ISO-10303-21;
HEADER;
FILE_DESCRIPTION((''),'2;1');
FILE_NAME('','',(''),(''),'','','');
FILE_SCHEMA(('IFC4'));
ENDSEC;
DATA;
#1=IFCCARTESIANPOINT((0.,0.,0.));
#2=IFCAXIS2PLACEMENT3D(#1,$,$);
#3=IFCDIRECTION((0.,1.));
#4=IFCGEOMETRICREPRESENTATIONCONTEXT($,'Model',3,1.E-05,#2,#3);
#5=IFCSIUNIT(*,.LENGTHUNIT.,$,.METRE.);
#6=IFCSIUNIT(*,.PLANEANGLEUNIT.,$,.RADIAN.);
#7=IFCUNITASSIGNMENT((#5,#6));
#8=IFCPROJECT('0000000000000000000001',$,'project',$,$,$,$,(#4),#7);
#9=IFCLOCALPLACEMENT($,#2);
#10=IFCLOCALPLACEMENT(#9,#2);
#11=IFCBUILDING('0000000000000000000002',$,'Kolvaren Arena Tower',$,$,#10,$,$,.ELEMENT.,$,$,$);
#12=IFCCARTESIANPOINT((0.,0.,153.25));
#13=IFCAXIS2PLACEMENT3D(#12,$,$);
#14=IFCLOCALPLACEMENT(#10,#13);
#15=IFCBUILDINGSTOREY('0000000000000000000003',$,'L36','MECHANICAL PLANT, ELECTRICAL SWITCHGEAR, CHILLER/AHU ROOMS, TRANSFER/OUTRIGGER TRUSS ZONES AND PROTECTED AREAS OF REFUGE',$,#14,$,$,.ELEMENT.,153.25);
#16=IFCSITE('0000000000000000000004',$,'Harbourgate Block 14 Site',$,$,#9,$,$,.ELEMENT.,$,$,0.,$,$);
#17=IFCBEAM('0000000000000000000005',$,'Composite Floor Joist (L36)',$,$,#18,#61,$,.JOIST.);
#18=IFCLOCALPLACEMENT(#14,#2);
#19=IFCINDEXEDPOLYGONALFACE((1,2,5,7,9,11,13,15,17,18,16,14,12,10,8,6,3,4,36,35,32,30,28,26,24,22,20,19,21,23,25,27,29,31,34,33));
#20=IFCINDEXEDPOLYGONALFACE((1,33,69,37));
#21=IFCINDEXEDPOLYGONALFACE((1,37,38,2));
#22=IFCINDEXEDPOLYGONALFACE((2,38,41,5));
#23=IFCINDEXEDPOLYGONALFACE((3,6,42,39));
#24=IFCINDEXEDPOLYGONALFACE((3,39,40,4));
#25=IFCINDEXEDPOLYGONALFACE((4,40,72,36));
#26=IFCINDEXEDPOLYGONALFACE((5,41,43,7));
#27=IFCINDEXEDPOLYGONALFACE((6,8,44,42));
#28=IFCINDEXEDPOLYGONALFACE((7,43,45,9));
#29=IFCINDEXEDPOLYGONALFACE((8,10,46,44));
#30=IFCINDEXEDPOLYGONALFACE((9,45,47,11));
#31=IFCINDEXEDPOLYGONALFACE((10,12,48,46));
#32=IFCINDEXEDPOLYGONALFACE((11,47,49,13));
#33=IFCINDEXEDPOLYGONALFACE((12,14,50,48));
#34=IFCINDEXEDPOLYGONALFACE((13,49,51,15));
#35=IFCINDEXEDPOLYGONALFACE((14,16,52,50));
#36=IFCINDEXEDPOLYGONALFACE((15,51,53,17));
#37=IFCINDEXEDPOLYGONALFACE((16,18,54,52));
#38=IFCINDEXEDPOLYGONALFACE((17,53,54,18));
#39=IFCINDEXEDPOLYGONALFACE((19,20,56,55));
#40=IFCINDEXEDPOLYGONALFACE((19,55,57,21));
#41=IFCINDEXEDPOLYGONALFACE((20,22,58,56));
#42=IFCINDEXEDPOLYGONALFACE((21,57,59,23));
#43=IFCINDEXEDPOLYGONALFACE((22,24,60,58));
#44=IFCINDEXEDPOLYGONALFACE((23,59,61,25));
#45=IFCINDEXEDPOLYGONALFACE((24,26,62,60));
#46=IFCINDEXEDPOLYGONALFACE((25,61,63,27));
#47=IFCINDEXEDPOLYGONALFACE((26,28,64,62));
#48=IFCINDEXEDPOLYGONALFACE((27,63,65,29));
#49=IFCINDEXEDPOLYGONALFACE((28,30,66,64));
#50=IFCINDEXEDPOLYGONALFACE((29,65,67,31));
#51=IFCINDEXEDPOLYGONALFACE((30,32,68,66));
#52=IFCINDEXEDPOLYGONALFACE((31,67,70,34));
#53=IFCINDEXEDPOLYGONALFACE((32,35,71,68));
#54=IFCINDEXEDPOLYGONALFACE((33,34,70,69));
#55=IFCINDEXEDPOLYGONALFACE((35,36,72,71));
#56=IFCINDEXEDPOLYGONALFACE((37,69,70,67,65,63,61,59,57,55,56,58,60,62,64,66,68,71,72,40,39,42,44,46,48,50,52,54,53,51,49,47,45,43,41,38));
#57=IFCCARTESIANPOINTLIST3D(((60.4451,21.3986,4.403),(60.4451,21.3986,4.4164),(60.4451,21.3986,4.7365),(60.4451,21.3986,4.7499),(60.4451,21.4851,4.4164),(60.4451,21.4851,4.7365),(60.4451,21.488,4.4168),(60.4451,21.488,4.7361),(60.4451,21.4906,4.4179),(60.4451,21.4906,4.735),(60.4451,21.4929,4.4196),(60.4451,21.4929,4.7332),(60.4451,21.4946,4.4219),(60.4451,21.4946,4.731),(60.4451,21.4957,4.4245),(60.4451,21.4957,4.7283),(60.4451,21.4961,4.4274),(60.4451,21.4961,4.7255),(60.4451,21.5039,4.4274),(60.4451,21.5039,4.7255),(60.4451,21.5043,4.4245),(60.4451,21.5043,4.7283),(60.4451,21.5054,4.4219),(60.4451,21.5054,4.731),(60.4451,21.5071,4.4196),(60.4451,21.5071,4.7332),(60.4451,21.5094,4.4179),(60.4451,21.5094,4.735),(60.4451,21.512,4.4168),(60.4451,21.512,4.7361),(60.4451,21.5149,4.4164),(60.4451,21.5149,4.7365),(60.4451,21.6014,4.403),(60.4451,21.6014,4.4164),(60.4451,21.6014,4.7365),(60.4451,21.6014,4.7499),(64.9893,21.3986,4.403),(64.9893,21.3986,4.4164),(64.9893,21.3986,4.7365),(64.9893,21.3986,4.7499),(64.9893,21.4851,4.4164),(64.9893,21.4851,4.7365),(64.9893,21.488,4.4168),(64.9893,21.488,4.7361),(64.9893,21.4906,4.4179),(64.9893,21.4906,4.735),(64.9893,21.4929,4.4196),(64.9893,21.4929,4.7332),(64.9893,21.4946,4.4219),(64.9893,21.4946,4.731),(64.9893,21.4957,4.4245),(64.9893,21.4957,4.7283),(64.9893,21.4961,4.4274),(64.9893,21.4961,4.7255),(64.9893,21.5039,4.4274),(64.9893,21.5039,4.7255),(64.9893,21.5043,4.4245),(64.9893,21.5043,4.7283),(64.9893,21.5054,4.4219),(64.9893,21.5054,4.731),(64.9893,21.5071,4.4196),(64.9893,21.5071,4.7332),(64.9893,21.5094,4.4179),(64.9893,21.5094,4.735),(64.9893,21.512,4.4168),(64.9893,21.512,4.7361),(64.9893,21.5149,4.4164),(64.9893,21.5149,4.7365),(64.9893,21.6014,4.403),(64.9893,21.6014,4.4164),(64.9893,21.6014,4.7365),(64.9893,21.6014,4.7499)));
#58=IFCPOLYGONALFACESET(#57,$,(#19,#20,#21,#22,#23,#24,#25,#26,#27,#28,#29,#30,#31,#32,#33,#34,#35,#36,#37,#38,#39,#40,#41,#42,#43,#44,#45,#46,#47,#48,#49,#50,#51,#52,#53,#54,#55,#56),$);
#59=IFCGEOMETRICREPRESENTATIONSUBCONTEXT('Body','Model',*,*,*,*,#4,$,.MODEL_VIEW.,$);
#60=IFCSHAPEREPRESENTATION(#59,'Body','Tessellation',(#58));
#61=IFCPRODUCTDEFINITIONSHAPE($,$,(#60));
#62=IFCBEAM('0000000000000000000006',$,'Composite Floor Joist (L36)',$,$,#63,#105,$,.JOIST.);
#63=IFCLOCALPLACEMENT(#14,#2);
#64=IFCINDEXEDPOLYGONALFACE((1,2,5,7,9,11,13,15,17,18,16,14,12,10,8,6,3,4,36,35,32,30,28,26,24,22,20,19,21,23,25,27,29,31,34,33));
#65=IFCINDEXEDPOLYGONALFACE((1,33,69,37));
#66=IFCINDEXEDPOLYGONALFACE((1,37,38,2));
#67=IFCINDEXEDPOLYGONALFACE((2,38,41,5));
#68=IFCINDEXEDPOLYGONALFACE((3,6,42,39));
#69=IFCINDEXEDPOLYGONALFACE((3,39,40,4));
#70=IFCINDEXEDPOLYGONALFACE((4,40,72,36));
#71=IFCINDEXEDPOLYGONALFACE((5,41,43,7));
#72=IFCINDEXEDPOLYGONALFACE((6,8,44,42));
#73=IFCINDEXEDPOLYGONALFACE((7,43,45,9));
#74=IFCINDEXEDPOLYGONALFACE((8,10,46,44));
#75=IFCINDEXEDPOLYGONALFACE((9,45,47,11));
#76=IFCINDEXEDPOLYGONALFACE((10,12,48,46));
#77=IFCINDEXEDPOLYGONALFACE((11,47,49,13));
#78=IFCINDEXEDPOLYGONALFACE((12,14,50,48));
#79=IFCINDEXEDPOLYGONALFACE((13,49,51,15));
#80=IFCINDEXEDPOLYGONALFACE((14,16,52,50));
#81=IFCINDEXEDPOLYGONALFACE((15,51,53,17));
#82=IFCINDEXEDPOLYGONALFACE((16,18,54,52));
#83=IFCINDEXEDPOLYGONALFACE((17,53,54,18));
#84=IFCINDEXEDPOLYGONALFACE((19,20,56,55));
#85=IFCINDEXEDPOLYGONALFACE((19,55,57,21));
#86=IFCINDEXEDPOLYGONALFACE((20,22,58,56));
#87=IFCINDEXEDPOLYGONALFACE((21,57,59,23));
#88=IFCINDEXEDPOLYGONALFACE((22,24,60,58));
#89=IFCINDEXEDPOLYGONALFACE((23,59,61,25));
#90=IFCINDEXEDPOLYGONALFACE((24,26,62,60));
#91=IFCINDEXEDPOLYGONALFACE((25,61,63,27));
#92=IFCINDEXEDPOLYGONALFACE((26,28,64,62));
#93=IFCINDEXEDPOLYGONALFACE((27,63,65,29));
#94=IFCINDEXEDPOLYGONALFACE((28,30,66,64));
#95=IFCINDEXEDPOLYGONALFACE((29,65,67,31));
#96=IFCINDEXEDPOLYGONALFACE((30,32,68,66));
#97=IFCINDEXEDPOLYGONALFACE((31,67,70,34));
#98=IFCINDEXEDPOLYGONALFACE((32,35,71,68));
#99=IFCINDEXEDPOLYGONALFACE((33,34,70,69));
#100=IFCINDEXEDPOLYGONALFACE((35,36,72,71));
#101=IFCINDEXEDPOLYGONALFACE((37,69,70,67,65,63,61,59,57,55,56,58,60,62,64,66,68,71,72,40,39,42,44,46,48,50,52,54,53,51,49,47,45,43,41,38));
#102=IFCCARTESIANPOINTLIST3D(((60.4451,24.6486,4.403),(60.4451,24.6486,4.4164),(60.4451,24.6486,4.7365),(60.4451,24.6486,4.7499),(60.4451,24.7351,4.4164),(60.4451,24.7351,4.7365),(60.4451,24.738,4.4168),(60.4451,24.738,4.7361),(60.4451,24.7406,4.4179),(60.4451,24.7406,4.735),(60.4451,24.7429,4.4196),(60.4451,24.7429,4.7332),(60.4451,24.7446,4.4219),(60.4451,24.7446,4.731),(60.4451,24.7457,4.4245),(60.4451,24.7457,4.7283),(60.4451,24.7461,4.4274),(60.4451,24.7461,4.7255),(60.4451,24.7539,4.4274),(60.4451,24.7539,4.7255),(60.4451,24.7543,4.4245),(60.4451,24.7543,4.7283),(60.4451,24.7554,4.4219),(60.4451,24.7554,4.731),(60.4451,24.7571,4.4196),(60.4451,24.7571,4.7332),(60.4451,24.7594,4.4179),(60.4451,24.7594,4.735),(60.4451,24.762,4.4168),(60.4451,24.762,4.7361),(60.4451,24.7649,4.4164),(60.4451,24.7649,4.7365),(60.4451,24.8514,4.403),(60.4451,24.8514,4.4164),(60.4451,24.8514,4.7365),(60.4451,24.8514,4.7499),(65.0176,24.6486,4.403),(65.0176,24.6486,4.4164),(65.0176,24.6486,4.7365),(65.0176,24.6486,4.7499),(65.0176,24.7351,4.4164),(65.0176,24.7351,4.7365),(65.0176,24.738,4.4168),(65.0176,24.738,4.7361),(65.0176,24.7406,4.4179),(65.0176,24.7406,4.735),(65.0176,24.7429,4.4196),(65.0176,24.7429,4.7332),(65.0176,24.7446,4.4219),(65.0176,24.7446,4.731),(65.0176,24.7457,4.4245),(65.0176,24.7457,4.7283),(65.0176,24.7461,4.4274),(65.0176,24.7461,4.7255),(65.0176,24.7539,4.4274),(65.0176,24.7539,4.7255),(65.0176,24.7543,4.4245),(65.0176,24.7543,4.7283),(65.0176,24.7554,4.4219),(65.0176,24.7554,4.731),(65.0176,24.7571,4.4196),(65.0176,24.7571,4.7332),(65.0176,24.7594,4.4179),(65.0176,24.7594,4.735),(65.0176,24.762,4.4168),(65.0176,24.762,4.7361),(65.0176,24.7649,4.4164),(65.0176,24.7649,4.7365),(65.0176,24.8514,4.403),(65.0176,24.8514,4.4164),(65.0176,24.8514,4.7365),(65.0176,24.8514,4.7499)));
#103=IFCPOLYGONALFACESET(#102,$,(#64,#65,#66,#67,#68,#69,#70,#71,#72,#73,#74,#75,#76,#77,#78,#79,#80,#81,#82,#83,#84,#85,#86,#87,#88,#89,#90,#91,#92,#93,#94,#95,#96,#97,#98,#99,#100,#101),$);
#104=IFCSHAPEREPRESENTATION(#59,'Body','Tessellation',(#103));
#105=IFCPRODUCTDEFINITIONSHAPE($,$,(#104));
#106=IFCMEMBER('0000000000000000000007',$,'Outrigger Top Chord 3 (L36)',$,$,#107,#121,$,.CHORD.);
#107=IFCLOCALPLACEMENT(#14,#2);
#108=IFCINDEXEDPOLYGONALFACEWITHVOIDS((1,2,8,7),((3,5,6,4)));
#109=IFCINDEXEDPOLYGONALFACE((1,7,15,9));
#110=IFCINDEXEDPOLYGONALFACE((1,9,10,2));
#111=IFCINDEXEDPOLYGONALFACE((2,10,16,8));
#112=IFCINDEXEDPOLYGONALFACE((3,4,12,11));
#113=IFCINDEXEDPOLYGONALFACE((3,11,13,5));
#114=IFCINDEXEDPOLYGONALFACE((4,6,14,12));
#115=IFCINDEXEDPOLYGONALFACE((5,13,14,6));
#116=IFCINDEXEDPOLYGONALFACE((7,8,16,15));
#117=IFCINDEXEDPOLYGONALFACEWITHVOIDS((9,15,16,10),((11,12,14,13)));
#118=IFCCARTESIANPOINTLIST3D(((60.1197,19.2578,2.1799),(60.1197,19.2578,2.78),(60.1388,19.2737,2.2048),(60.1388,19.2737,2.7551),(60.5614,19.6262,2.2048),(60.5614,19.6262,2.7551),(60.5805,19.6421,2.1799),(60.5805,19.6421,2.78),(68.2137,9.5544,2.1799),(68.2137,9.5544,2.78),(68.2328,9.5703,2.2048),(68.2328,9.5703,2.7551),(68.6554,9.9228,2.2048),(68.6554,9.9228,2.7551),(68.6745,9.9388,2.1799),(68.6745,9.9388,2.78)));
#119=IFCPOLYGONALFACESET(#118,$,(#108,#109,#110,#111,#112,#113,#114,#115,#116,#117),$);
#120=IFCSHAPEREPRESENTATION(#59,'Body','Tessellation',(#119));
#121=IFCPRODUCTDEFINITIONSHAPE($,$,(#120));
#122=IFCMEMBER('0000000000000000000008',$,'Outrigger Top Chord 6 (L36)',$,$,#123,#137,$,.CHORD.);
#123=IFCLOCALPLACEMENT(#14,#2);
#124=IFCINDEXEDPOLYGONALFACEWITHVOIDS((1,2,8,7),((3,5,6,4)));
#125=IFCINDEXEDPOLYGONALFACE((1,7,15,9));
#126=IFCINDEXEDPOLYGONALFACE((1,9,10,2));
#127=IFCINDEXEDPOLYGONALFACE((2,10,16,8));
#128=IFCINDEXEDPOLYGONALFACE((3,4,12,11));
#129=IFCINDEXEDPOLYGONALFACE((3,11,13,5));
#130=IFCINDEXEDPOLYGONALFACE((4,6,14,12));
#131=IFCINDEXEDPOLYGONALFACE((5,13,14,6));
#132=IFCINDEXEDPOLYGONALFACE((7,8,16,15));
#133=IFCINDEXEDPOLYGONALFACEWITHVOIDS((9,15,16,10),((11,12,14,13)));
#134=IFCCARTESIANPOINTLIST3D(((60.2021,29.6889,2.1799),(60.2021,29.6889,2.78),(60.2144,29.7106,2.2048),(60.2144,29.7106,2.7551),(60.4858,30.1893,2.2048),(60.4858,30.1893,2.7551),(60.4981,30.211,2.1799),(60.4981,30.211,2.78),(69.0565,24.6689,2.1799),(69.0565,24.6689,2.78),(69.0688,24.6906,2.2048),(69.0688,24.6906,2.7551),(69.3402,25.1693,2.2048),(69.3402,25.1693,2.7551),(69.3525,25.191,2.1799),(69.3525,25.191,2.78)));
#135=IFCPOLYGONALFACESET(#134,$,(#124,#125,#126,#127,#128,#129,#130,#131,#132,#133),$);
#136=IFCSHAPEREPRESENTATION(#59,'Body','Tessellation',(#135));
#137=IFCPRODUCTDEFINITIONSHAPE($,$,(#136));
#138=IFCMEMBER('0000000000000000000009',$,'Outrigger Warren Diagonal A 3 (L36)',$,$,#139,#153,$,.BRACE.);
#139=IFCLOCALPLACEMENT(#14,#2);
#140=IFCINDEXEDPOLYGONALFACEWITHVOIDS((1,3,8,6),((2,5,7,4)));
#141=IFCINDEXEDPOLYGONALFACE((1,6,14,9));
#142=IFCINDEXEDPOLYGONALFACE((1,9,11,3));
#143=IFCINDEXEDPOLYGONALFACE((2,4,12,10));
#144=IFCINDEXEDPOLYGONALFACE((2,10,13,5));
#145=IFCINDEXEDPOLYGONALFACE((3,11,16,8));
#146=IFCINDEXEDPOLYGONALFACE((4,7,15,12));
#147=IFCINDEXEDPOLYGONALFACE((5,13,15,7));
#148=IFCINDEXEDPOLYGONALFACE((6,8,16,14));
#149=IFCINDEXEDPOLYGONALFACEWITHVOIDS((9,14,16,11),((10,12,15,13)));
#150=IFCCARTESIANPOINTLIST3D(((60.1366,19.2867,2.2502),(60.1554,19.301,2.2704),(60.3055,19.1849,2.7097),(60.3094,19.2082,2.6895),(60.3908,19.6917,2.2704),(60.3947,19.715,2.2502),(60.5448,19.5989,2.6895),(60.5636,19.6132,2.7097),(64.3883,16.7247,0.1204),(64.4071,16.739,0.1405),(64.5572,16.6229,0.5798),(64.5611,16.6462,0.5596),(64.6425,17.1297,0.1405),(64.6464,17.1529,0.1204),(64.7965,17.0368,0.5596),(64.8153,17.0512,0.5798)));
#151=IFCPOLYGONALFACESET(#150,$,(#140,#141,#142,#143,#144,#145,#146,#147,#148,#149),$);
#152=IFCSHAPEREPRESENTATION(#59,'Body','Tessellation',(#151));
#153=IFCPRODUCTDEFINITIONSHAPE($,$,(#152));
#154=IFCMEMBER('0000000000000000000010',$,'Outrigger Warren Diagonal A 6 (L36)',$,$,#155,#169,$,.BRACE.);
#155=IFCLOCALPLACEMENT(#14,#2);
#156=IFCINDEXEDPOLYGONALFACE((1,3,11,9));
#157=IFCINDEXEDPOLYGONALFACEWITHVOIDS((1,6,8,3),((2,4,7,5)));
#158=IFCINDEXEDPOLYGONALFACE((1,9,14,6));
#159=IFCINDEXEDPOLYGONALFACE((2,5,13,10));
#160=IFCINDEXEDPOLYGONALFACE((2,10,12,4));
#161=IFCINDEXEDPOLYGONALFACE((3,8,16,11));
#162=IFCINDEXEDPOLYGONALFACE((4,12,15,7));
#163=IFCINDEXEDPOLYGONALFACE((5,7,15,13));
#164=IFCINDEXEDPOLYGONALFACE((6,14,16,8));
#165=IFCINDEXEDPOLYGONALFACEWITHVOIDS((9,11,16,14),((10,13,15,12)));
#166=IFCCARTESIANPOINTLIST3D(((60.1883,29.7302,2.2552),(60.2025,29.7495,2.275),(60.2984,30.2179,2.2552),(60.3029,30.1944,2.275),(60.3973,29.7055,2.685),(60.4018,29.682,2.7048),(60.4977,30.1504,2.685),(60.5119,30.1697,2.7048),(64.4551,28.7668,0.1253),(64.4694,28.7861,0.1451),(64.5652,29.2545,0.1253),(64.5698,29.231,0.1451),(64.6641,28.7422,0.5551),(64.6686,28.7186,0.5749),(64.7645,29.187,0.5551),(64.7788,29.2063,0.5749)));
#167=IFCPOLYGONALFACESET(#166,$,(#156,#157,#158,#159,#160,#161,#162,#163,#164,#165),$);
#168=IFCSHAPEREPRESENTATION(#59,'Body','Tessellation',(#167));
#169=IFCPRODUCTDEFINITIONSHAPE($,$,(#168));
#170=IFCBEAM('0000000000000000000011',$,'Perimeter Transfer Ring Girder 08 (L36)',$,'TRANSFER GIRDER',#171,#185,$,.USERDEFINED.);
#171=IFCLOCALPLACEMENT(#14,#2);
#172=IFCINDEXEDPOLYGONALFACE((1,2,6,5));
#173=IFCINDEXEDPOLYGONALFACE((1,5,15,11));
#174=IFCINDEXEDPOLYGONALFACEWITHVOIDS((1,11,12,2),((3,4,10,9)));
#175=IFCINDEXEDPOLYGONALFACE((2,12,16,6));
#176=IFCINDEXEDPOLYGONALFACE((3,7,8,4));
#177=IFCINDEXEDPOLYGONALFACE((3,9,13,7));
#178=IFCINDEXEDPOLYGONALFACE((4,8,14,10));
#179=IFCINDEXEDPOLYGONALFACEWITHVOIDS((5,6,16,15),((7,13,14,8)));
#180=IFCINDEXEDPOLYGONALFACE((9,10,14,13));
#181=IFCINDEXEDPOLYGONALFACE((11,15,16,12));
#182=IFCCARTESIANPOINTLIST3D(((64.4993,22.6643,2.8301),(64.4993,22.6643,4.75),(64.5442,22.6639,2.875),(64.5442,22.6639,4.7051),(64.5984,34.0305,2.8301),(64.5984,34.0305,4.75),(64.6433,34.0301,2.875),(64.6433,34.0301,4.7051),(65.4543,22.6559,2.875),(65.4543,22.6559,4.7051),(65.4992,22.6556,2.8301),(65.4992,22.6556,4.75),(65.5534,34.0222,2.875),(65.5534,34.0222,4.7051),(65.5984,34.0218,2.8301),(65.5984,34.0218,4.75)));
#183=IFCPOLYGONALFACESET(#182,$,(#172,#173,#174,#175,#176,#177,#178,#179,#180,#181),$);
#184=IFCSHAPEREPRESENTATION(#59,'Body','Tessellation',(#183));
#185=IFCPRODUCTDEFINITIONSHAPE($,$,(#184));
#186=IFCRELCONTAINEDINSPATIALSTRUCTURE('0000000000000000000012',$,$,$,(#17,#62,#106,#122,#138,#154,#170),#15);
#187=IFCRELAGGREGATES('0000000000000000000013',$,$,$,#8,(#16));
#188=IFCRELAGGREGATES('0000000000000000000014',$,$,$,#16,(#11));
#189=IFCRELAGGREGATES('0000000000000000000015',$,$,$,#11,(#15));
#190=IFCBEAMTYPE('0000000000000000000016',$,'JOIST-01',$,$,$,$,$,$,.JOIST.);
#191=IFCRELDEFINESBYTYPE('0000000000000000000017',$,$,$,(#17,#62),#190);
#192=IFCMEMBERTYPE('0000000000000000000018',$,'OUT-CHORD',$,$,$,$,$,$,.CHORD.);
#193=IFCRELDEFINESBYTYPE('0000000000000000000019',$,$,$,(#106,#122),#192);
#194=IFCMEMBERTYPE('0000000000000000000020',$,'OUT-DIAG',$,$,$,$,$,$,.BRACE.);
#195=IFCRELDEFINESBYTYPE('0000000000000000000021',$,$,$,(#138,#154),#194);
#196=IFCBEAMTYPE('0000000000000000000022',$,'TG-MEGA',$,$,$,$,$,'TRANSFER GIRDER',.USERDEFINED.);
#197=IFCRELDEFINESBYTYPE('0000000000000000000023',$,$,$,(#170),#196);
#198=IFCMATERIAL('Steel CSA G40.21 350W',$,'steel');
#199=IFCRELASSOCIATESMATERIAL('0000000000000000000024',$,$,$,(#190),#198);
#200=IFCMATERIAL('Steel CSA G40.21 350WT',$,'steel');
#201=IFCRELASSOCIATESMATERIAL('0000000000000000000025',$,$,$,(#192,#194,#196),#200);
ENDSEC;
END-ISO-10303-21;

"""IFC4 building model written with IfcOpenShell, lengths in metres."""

from ifc_helpers import new_model, si_unit, direction, frame, origin, origin_2d, place, context, subcontext, project, spatial, hollow_rectangle, i_section, extrude, material, material_profile, profile_set, type_object, element, save


model = new_model("IFC4")

# Units and contexts
model_context = context("Model", 3, precision=1e-05, world=origin(), true_north=direction((0.0, 1.0)))
body_context = subcontext(model_context, "Body", "Model", "MODEL_VIEW")
ifc_project = project(units=[si_unit("LENGTHUNIT", "METRE"), si_unit("PLANEANGLEUNIT", "RADIAN")], contexts=[model_context])

# Site, building, storey
site_placement = place(None, origin())
site = spatial("IfcSite", under=ifc_project, at=site_placement, Name="Harbourgate Block 14 Site", CompositionType="ELEMENT", RefElevation=0.0)
building_placement = place(site_placement, origin())
building = spatial("IfcBuilding", under=site, at=building_placement, Name="Kolvaren Arena Tower", CompositionType="ELEMENT")
storey_placement = place(building_placement, frame((0.0, 0.0, 153.25)))
storey = spatial("IfcBuildingStorey", under=building, at=storey_placement, Name="L36", Description="MECHANICAL PLANT, ELECTRICAL SWITCHGEAR, CHILLER/AHU ROOMS, TRANSFER/OUTRIGGER TRUSS ZONES AND PROTECTED AREAS OF REFUGE", CompositionType="ELEMENT", Elevation=153.25)

# Shared definitions
ifc_material_1 = material(Name="Steel CSA G40.21 350W", Category="steel")

# Shared definitions
ifc_material_2 = material(Name="Steel CSA G40.21 350WT", Category="steel")

# Beams
ifc_material_profile_1 = material_profile(ifc_material_1, i_section(OverallWidth=0.2029, OverallDepth=0.3469, WebThickness=0.0078, FlangeThickness=0.0134, FilletRadius=0.011, at=origin_2d()), Name="W360x64")
ifc_profile_set_1 = profile_set([ifc_material_profile_1], Name="Steel CSA G40.21 350W")
beam_type_1 = type_object("IfcBeamType", Name="JOIST-01", PredefinedType="JOIST", material=ifc_profile_set_1)
beam_1_placement = place(storey_placement, frame((60.4451, 21.5, 4.5764), z_axis=(1.0, 0.0, 0.0), x_axis=(0.0, 1.0, 0.0)))
element("IfcBeam", 1, at=beam_1_placement, inside=storey, type_object=beam_type_1, Name="Composite Floor Joist (L36)", PredefinedType="JOIST", context=body_context, shape_type="SweptSolid", body=[
    extrude(i_section(OverallWidth=0.2029, OverallDepth=0.3469, WebThickness=0.0078, FlangeThickness=0.0134, FilletRadius=0.011, at=origin_2d()), origin(), (0.0, 0.0, 1.0), 4.5442),
])
beam_2_placement = place(storey_placement, frame((60.4451, 24.75, 4.5764), z_axis=(1.0, 0.0, 0.0), x_axis=(0.0, 1.0, 0.0)))
element("IfcBeam", 2, at=beam_2_placement, inside=storey, type_object=beam_type_1, Name="Composite Floor Joist (L36)", PredefinedType="JOIST", context=body_context, shape_type="SweptSolid", body=[
    extrude(i_section(OverallWidth=0.2029, OverallDepth=0.3469, WebThickness=0.0078, FlangeThickness=0.0134, FilletRadius=0.011, at=origin_2d()), origin(), (0.0, 0.0, 1.0), 4.5725),
])

# Members
ifc_material_profile_2 = material_profile(ifc_material_2, hollow_rectangle(XDim=0.6001, YDim=0.6001, WallThickness=0.0249, at=origin_2d()), Name="HSS 600x600x25")
ifc_profile_set_2 = profile_set([ifc_material_profile_2], Name="Steel CSA G40.21 350WT")
member_type_1 = type_object("IfcMemberType", Name="OUT-CHORD", PredefinedType="CHORD", material=ifc_profile_set_2)
member_1_placement = place(storey_placement, frame((60.3501, 19.45, 2.48), z_axis=(0.640551, -0.767916, 0.0), x_axis=(0.767916, 0.640551, 0.0)))
element("IfcMember", 3, at=member_1_placement, inside=storey, type_object=member_type_1, Name="Outrigger Top Chord 3 (L36)", PredefinedType="CHORD", context=body_context, shape_type="SweptSolid", body=[
    extrude(hollow_rectangle(XDim=0.6001, YDim=0.6001, WallThickness=0.0249, at=origin_2d()), origin(), (0.0, 0.0, 1.0), 12.636),
])
member_2_placement = place(storey_placement, frame((60.3501, 29.95, 2.48), z_axis=(0.869918, -0.493197, 0.0), x_axis=(0.493197, 0.869918, 0.0)))
element("IfcMember", 4, at=member_2_placement, inside=storey, type_object=member_type_1, Name="Outrigger Top Chord 6 (L36)", PredefinedType="CHORD", context=body_context, shape_type="SweptSolid", body=[
    extrude(hollow_rectangle(XDim=0.6001, YDim=0.6001, WallThickness=0.0249, at=origin_2d()), origin(), (0.0, 0.0, 1.0), 10.1785),
])
ifc_material_profile_3 = material_profile(ifc_material_2, hollow_rectangle(XDim=0.5, YDim=0.5, WallThickness=0.022, at=origin_2d()), Name="HSS 500x500x22")
ifc_profile_set_3 = profile_set([ifc_material_profile_3], Name="Steel CSA G40.21 350WT")
member_type_2 = type_object("IfcMemberType", Name="OUT-DIAG", PredefinedType="BRACE", material=ifc_profile_set_3)
member_3_placement = place(storey_placement, frame((60.3501, 19.45, 2.48), z_axis=(0.78712, -0.474306, -0.394306), x_axis=(0.516122, 0.856515, 0.0)))
element("IfcMember", 5, at=member_3_placement, inside=storey, type_object=member_type_2, Name="Outrigger Warren Diagonal A 3 (L36)", PredefinedType="BRACE", context=body_context, shape_type="SweptSolid", body=[
    extrude(hollow_rectangle(XDim=0.5, YDim=0.5, WallThickness=0.022, at=origin_2d()), origin(), (0.0, 0.0, 1.0), 5.4016),
])
member_4_placement = place(storey_placement, frame((60.3501, 29.95, 2.48), z_axis=(0.877008, -0.198013, -0.437776), x_axis=(0.220239, 0.975446, 0.0)))
element("IfcMember", 6, at=member_4_placement, inside=storey, type_object=member_type_2, Name="Outrigger Warren Diagonal A 6 (L36)", PredefinedType="BRACE", context=body_context, shape_type="SweptSolid", body=[
    extrude(hollow_rectangle(XDim=0.5, YDim=0.5, WallThickness=0.022, at=origin_2d()), origin(), (0.0, 0.0, 1.0), 4.8652),
])

# Beam
ifc_material_profile_4 = material_profile(ifc_material_2, hollow_rectangle(XDim=1.0, YDim=1.9199, WallThickness=0.0449, at=origin_2d()), Name="BOX 1000x1920x45")
ifc_profile_set_4 = profile_set([ifc_material_profile_4], Name="Steel CSA G40.21 350WT")
beam_type_2 = type_object("IfcBeamType", Name="TG-MEGA", ElementType="TRANSFER GIRDER", PredefinedType="USERDEFINED", material=ifc_profile_set_4)
beam_3_placement = place(storey_placement, frame((64.9993, 22.6599, 3.79), z_axis=(0.00872, 0.999962, 0.0), x_axis=(-0.999962, 0.00872, 0.0)))
element("IfcBeam", 7, at=beam_3_placement, inside=storey, type_object=beam_type_2, Name="Perimeter Transfer Ring Girder 08 (L36)", ObjectType="TRANSFER GIRDER", PredefinedType="USERDEFINED", context=body_context, shape_type="SweptSolid", body=[
    extrude(hollow_rectangle(XDim=1.0, YDim=1.9199, WallThickness=0.0449, at=origin_2d()), origin(), (0.0, 0.0, 1.0), 11.3667),
])

save(model, "model.ifc")
